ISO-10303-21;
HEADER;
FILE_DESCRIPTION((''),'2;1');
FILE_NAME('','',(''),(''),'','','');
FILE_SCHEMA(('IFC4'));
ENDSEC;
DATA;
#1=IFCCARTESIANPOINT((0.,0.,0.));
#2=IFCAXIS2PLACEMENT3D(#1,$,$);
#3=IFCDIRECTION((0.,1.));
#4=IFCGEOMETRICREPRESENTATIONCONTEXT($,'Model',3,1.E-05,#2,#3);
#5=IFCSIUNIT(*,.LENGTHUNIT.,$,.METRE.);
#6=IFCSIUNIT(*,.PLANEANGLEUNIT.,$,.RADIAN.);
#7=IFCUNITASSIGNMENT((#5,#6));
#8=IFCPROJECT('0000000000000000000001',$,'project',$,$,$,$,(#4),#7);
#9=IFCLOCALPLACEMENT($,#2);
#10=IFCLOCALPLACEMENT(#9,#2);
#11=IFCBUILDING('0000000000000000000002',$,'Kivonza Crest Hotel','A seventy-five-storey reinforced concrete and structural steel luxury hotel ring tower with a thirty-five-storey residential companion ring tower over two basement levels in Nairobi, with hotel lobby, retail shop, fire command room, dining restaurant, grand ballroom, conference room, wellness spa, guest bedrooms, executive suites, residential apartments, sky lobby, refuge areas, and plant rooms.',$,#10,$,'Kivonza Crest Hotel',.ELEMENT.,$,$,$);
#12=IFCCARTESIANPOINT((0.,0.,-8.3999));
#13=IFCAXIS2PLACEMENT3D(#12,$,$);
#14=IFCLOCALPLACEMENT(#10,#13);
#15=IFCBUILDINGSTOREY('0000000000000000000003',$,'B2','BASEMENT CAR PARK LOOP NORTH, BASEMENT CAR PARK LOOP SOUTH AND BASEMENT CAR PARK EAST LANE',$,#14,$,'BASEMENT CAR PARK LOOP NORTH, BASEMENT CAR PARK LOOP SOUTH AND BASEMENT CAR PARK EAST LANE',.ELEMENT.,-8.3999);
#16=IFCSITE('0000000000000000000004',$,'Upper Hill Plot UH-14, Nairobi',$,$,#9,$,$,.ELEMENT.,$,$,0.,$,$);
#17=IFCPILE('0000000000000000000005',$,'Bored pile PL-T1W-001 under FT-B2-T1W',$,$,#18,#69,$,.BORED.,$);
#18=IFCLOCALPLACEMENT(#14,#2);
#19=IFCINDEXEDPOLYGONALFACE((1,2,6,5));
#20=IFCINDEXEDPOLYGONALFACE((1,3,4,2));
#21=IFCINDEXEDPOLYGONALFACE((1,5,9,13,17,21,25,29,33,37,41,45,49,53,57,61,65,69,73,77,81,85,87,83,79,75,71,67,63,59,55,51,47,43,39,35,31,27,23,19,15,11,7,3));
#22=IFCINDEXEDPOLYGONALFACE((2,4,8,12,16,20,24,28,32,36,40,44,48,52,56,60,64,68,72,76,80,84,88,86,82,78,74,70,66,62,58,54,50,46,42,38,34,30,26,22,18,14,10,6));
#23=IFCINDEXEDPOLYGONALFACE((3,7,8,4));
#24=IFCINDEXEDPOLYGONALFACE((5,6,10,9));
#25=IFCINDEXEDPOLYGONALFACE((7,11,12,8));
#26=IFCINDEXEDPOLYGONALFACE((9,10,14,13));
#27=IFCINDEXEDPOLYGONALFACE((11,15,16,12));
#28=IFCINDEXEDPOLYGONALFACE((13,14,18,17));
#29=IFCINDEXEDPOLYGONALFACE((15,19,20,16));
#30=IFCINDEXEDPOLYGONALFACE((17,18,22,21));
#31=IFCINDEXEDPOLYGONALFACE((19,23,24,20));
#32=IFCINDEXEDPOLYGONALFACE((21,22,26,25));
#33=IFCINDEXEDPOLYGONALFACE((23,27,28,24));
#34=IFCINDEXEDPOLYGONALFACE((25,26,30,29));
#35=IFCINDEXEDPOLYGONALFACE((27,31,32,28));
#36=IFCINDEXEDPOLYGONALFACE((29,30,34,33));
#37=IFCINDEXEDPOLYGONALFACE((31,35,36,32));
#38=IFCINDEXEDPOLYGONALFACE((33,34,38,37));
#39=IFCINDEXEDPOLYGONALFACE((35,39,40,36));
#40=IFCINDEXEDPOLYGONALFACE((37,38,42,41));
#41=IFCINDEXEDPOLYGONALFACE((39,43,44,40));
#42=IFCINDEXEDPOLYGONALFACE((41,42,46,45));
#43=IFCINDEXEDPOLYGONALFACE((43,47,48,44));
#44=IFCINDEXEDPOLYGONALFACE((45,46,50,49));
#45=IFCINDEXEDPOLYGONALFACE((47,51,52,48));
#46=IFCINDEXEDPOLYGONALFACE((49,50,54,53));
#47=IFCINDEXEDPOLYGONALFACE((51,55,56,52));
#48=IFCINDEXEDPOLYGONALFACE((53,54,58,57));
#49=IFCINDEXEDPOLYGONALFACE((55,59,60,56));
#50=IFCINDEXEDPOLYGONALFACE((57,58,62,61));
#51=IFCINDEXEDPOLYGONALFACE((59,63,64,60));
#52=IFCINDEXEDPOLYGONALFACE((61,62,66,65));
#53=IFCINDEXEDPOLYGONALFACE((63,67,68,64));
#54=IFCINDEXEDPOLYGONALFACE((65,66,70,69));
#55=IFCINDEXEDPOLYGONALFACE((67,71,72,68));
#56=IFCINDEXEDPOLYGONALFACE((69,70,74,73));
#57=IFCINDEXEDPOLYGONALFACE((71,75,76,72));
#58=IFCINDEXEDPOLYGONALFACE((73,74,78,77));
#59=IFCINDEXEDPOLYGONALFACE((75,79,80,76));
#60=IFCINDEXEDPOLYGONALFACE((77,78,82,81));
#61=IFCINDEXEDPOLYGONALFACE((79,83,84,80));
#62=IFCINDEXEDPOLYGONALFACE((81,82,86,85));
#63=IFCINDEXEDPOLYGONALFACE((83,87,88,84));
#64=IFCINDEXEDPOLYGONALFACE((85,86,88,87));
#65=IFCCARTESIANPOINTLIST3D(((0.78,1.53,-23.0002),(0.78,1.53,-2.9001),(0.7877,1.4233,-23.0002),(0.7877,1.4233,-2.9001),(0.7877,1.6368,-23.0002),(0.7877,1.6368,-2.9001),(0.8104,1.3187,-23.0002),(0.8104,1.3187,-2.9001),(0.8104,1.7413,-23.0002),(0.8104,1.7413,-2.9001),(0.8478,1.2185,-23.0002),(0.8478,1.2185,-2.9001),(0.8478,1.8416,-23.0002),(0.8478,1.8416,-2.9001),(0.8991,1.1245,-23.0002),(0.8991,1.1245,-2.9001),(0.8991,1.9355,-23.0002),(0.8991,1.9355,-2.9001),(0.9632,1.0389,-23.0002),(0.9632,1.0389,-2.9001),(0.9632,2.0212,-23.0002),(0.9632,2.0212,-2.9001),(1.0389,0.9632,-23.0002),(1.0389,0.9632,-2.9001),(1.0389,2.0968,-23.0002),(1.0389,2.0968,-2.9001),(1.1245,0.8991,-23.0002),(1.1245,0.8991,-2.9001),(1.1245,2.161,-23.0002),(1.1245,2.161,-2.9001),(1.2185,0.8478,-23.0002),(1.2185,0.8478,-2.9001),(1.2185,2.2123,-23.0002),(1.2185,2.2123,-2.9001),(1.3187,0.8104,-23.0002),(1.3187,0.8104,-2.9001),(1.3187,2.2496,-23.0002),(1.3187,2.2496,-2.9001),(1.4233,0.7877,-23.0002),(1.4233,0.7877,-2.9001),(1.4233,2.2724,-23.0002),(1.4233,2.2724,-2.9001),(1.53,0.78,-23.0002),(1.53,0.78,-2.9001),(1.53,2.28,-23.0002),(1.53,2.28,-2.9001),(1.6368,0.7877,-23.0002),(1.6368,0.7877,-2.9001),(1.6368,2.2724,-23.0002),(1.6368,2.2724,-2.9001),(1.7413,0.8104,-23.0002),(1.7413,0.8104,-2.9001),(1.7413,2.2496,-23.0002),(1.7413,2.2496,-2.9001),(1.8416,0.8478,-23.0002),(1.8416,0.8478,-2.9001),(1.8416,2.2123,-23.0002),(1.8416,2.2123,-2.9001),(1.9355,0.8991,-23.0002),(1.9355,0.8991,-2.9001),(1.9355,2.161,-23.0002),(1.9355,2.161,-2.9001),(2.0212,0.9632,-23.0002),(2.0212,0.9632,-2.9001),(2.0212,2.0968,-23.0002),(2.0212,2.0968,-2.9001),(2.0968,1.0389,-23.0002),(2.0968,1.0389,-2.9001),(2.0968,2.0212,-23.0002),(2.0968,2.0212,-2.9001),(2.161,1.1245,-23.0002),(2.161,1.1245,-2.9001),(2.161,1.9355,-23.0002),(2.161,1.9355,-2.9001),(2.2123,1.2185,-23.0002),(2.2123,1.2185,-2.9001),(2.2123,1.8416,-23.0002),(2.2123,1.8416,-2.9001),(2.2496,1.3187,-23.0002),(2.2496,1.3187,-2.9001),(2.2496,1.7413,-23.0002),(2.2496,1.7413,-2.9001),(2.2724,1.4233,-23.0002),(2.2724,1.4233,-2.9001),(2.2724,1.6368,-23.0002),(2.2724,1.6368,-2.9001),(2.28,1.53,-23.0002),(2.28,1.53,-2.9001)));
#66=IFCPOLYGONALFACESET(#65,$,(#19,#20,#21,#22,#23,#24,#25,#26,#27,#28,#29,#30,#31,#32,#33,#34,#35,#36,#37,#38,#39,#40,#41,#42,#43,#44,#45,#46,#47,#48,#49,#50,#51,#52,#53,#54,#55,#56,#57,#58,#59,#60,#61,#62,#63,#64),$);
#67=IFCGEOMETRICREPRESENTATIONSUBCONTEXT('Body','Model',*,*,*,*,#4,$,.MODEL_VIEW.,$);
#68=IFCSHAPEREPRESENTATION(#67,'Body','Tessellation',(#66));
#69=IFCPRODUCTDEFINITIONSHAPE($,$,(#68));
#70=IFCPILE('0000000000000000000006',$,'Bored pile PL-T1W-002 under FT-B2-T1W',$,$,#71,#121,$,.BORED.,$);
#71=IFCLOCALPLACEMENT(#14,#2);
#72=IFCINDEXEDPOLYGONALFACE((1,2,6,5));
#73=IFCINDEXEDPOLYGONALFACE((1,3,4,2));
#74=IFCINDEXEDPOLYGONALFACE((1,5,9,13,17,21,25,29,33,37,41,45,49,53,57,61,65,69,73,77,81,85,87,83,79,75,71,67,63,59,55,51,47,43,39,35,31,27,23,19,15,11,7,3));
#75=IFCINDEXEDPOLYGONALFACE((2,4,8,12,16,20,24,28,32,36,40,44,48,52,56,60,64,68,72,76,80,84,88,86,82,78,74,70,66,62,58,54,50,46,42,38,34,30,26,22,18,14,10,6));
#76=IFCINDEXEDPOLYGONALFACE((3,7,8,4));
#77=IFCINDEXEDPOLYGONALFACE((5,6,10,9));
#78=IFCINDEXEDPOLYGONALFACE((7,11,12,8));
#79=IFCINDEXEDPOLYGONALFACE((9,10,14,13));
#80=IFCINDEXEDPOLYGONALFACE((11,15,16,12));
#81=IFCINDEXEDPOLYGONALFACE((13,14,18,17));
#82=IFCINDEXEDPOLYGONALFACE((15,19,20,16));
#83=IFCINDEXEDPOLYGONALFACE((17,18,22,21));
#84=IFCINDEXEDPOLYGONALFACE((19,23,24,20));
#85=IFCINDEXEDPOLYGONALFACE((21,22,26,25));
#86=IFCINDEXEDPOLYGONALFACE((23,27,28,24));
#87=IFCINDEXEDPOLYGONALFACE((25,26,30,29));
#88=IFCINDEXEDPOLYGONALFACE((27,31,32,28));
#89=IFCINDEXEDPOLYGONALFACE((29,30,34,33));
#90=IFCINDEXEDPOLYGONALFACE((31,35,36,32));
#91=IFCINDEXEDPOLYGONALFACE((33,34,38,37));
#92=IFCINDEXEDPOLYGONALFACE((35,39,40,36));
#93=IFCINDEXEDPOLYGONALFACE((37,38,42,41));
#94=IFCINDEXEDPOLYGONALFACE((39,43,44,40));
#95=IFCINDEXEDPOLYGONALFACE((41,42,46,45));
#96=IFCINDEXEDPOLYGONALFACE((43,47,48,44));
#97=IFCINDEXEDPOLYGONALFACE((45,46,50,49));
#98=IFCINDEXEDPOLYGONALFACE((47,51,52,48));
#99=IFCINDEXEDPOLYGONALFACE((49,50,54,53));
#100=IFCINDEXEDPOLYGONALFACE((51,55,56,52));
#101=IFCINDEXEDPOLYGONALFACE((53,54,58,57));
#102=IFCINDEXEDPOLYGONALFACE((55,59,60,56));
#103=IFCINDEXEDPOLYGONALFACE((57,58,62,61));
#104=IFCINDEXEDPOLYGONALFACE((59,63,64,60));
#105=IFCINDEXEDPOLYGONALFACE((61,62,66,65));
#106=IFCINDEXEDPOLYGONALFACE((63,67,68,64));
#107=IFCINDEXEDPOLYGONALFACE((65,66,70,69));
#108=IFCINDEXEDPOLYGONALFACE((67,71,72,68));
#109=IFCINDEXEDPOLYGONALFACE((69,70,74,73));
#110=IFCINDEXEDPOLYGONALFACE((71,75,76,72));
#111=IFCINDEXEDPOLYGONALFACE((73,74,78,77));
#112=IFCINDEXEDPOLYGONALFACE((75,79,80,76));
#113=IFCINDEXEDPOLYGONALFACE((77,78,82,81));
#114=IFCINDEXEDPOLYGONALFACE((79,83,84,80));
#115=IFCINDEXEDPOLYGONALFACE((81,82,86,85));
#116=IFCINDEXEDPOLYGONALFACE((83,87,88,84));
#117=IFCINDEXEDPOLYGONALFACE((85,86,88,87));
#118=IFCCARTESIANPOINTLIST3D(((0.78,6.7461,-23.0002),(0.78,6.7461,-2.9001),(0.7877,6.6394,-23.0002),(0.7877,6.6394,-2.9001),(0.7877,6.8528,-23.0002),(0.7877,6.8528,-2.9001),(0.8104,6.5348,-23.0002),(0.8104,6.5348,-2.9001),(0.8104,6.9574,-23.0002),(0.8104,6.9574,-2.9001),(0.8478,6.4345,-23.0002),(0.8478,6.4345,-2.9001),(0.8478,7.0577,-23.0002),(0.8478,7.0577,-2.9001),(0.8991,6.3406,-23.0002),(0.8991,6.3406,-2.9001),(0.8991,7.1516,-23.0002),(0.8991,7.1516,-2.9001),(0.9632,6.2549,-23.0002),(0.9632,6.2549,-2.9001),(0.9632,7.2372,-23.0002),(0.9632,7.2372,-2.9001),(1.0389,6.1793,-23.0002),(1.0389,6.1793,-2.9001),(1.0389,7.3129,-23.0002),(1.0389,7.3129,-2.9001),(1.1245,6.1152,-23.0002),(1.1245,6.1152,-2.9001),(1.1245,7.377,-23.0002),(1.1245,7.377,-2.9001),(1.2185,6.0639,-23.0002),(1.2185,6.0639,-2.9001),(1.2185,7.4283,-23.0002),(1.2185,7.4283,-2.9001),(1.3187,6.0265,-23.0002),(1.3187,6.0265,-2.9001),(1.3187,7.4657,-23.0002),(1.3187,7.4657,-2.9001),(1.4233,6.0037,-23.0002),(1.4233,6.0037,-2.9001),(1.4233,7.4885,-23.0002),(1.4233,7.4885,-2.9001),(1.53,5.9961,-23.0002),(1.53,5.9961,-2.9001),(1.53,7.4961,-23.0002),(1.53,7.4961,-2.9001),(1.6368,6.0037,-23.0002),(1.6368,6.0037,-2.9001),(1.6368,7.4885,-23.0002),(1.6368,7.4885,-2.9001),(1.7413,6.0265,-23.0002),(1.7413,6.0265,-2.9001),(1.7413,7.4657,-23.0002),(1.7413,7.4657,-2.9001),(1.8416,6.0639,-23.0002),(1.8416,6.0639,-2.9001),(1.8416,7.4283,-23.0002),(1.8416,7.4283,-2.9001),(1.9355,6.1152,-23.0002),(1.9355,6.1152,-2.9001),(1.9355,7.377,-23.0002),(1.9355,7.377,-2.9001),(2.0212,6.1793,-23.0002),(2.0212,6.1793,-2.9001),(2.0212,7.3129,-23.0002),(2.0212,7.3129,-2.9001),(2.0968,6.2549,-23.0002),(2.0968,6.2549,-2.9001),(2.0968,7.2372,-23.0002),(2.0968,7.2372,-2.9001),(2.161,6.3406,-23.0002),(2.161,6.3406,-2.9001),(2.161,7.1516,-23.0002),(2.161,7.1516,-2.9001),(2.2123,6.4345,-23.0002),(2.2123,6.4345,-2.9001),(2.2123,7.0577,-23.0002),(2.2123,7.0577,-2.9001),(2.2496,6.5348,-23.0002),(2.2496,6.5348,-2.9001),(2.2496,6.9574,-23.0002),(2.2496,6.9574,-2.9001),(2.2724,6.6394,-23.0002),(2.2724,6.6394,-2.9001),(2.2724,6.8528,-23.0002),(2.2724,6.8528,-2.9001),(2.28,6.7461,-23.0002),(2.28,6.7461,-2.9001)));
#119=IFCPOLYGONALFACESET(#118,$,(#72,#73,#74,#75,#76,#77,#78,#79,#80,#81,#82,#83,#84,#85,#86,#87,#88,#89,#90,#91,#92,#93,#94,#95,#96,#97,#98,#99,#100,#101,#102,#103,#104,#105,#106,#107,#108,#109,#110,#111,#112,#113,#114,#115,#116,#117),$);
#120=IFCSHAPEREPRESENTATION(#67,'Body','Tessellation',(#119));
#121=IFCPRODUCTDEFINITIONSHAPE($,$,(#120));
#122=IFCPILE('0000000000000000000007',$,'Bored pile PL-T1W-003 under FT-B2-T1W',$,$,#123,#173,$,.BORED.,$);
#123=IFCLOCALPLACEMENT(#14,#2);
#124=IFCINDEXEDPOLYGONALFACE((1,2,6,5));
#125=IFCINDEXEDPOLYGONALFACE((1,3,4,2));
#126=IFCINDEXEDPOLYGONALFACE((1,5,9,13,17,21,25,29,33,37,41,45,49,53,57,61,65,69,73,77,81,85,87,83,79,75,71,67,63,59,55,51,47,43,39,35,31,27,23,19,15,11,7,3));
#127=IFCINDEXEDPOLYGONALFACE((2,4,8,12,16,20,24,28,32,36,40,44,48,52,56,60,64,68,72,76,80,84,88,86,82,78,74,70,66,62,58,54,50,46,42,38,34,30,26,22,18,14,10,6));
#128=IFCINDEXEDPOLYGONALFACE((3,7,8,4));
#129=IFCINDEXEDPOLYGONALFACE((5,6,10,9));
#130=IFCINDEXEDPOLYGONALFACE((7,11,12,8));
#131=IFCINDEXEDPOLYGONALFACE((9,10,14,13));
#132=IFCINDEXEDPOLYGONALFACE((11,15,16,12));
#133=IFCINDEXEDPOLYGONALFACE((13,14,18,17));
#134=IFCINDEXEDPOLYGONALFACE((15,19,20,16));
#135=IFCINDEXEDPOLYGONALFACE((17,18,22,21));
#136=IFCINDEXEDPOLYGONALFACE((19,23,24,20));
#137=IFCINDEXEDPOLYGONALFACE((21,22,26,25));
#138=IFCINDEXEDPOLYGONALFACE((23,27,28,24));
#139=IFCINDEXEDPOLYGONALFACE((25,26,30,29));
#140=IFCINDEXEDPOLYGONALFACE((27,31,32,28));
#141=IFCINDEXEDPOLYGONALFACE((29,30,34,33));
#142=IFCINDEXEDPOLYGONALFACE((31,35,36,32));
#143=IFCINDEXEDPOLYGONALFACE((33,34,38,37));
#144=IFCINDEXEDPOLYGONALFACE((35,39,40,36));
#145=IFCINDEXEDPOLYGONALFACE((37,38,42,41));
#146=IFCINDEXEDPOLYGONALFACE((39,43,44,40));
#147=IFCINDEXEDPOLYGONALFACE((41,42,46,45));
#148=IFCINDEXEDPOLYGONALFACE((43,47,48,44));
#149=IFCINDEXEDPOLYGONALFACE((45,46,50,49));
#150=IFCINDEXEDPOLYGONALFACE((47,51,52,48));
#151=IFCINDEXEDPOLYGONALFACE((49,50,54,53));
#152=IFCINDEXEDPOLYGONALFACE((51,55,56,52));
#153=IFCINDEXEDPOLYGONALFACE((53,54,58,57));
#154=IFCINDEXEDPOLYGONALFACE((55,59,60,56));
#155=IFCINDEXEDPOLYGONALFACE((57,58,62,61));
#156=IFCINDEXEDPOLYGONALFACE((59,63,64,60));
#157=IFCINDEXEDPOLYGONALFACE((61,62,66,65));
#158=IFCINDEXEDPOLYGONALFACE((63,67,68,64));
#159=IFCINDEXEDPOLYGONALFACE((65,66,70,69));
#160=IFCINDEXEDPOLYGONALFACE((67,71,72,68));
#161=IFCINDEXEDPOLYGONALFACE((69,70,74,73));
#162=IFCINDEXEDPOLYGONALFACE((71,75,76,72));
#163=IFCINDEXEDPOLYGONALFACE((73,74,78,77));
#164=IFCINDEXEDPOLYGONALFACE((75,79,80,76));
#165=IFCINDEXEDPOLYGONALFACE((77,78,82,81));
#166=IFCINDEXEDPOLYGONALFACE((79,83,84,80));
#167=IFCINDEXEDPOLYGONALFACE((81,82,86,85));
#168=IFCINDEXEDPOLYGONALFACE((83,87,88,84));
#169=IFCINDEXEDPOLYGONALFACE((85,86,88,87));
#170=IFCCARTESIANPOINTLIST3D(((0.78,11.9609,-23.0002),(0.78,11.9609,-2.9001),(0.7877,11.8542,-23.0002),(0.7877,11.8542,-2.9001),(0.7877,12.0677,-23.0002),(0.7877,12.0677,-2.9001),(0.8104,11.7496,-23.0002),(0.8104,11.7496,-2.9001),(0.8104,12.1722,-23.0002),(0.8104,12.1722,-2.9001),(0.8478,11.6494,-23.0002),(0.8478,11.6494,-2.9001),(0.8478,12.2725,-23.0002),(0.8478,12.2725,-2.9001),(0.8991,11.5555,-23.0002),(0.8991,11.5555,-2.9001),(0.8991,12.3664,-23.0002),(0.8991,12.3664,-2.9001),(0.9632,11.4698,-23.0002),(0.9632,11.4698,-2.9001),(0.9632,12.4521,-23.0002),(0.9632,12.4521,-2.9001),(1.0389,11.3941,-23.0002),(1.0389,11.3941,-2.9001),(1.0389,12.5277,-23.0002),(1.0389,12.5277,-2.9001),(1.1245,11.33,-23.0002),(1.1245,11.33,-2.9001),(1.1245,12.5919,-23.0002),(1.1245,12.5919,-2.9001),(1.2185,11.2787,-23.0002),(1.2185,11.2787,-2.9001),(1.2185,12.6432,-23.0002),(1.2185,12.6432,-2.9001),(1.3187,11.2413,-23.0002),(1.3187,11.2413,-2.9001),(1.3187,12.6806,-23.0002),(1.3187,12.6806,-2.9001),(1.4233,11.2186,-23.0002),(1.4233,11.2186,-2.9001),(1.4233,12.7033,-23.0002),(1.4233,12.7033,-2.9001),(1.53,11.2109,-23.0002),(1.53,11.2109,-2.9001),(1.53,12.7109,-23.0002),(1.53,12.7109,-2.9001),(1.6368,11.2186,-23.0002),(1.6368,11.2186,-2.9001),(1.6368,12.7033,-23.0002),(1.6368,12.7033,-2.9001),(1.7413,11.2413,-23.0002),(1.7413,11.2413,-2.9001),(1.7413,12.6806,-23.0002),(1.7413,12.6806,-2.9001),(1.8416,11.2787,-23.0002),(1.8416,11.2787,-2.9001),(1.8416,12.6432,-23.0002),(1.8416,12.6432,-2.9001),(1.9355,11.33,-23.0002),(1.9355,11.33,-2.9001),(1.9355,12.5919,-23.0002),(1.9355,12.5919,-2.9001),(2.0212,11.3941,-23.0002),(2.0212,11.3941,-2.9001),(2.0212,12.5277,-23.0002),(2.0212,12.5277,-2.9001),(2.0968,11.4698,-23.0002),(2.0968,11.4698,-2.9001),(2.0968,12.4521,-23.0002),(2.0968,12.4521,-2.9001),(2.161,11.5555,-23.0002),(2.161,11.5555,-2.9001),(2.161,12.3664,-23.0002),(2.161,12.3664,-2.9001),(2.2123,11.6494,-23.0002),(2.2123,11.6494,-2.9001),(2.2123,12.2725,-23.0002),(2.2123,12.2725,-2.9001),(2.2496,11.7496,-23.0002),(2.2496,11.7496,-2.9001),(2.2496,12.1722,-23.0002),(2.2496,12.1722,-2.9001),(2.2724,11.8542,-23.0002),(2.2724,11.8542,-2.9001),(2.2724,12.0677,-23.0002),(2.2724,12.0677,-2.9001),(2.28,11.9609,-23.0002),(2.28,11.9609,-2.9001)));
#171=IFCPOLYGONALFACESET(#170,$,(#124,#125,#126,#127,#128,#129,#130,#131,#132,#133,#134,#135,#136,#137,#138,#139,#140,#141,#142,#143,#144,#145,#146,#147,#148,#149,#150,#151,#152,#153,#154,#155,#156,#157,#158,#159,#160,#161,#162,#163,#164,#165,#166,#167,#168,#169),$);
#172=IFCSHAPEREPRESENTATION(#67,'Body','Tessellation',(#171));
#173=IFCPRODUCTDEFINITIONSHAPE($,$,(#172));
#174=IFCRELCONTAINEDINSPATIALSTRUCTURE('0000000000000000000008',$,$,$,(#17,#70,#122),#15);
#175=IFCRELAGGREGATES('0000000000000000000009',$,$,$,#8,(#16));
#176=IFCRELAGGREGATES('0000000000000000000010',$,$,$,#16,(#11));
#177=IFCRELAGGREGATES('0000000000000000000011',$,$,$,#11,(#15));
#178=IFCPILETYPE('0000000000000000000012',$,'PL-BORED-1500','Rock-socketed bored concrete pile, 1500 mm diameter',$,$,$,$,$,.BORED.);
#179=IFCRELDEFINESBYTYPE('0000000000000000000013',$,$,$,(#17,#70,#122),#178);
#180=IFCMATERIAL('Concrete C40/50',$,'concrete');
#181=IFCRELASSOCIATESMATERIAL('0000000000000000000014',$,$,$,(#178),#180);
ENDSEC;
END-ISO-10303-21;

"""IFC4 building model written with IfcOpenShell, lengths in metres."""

from ifc_helpers import new_model, si_unit, direction, frame, origin, origin_2d, place, context, subcontext, project, spatial, circle, extrude, material, material_profile, profile_set, type_object, element, save


model = new_model("IFC4")

# Units and contexts
model_context = context("Model", 3, precision=1e-05, world=origin(), true_north=direction((0.0, 1.0)))
body_context = subcontext(model_context, "Body", "Model", "MODEL_VIEW")
ifc_project = project(units=[si_unit("LENGTHUNIT", "METRE"), si_unit("PLANEANGLEUNIT", "RADIAN")], contexts=[model_context])

# Site, building, storey
site_placement = place(None, origin())
site = spatial("IfcSite", under=ifc_project, at=site_placement, Name="Upper Hill Plot UH-14, Nairobi", CompositionType="ELEMENT", RefElevation=0.0)
building_placement = place(site_placement, origin())
building = spatial("IfcBuilding", under=site, at=building_placement, Name="Kivonza Crest Hotel", Description="A seventy-five-storey reinforced concrete and structural steel luxury hotel ring tower with a thirty-five-storey residential companion ring tower over two basement levels in Nairobi, with hotel lobby, retail shop, fire command room, dining restaurant, grand ballroom, conference room, wellness spa, guest bedrooms, executive suites, residential apartments, sky lobby, refuge areas, and plant rooms.", LongName="Kivonza Crest Hotel", CompositionType="ELEMENT")
storey_placement = place(building_placement, frame((0.0, 0.0, -8.3999)))
storey = spatial("IfcBuildingStorey", under=building, at=storey_placement, Name="B2", Description="BASEMENT CAR PARK LOOP NORTH, BASEMENT CAR PARK LOOP SOUTH AND BASEMENT CAR PARK EAST LANE", LongName="BASEMENT CAR PARK LOOP NORTH, BASEMENT CAR PARK LOOP SOUTH AND BASEMENT CAR PARK EAST LANE", CompositionType="ELEMENT", Elevation=-8.3999)

# Piles
ifc_material_1 = material(Name="Concrete C40/50", Category="concrete")
ifc_material_profile_1 = material_profile(ifc_material_1, circle(Radius=0.75, at=origin_2d()), Name="PILE D1500")
ifc_profile_set_1 = profile_set([ifc_material_profile_1], Name="Concrete C40/50")
pile_type = type_object("IfcPileType", Name="PL-BORED-1500", Description="Rock-socketed bored concrete pile, 1500 mm diameter", PredefinedType="BORED", material=ifc_profile_set_1)
for number, where, z_axis, x_axis, name in (
    (1, (1.53, 1.53, -2.9001), (0.0, 0.0, -1.0), (1.0, 0.0, 0.0), "Bored pile PL-T1W-001 under FT-B2-T1W"),
    (2, (1.53, 6.7461, -2.9001), (0.0, 0.0, -1.0), (1.0, 0.0, 0.0), "Bored pile PL-T1W-002 under FT-B2-T1W"),
    (3, (1.53, 11.9609, -2.9001), (0.0, 0.0, -1.0), (1.0, 0.0, 0.0), "Bored pile PL-T1W-003 under FT-B2-T1W"),
):
    element("IfcPile", number, at=place(storey_placement, frame(where, z_axis=z_axis, x_axis=x_axis)), inside=storey, type_object=pile_type, Name=name, PredefinedType="BORED", context=body_context, shape_type="SweptSolid", body=[
        extrude(circle(Radius=0.75, at=origin_2d()), origin(), (0.0, 0.0, 1.0), 20.1001),
    ])

save(model, "model.ifc")
